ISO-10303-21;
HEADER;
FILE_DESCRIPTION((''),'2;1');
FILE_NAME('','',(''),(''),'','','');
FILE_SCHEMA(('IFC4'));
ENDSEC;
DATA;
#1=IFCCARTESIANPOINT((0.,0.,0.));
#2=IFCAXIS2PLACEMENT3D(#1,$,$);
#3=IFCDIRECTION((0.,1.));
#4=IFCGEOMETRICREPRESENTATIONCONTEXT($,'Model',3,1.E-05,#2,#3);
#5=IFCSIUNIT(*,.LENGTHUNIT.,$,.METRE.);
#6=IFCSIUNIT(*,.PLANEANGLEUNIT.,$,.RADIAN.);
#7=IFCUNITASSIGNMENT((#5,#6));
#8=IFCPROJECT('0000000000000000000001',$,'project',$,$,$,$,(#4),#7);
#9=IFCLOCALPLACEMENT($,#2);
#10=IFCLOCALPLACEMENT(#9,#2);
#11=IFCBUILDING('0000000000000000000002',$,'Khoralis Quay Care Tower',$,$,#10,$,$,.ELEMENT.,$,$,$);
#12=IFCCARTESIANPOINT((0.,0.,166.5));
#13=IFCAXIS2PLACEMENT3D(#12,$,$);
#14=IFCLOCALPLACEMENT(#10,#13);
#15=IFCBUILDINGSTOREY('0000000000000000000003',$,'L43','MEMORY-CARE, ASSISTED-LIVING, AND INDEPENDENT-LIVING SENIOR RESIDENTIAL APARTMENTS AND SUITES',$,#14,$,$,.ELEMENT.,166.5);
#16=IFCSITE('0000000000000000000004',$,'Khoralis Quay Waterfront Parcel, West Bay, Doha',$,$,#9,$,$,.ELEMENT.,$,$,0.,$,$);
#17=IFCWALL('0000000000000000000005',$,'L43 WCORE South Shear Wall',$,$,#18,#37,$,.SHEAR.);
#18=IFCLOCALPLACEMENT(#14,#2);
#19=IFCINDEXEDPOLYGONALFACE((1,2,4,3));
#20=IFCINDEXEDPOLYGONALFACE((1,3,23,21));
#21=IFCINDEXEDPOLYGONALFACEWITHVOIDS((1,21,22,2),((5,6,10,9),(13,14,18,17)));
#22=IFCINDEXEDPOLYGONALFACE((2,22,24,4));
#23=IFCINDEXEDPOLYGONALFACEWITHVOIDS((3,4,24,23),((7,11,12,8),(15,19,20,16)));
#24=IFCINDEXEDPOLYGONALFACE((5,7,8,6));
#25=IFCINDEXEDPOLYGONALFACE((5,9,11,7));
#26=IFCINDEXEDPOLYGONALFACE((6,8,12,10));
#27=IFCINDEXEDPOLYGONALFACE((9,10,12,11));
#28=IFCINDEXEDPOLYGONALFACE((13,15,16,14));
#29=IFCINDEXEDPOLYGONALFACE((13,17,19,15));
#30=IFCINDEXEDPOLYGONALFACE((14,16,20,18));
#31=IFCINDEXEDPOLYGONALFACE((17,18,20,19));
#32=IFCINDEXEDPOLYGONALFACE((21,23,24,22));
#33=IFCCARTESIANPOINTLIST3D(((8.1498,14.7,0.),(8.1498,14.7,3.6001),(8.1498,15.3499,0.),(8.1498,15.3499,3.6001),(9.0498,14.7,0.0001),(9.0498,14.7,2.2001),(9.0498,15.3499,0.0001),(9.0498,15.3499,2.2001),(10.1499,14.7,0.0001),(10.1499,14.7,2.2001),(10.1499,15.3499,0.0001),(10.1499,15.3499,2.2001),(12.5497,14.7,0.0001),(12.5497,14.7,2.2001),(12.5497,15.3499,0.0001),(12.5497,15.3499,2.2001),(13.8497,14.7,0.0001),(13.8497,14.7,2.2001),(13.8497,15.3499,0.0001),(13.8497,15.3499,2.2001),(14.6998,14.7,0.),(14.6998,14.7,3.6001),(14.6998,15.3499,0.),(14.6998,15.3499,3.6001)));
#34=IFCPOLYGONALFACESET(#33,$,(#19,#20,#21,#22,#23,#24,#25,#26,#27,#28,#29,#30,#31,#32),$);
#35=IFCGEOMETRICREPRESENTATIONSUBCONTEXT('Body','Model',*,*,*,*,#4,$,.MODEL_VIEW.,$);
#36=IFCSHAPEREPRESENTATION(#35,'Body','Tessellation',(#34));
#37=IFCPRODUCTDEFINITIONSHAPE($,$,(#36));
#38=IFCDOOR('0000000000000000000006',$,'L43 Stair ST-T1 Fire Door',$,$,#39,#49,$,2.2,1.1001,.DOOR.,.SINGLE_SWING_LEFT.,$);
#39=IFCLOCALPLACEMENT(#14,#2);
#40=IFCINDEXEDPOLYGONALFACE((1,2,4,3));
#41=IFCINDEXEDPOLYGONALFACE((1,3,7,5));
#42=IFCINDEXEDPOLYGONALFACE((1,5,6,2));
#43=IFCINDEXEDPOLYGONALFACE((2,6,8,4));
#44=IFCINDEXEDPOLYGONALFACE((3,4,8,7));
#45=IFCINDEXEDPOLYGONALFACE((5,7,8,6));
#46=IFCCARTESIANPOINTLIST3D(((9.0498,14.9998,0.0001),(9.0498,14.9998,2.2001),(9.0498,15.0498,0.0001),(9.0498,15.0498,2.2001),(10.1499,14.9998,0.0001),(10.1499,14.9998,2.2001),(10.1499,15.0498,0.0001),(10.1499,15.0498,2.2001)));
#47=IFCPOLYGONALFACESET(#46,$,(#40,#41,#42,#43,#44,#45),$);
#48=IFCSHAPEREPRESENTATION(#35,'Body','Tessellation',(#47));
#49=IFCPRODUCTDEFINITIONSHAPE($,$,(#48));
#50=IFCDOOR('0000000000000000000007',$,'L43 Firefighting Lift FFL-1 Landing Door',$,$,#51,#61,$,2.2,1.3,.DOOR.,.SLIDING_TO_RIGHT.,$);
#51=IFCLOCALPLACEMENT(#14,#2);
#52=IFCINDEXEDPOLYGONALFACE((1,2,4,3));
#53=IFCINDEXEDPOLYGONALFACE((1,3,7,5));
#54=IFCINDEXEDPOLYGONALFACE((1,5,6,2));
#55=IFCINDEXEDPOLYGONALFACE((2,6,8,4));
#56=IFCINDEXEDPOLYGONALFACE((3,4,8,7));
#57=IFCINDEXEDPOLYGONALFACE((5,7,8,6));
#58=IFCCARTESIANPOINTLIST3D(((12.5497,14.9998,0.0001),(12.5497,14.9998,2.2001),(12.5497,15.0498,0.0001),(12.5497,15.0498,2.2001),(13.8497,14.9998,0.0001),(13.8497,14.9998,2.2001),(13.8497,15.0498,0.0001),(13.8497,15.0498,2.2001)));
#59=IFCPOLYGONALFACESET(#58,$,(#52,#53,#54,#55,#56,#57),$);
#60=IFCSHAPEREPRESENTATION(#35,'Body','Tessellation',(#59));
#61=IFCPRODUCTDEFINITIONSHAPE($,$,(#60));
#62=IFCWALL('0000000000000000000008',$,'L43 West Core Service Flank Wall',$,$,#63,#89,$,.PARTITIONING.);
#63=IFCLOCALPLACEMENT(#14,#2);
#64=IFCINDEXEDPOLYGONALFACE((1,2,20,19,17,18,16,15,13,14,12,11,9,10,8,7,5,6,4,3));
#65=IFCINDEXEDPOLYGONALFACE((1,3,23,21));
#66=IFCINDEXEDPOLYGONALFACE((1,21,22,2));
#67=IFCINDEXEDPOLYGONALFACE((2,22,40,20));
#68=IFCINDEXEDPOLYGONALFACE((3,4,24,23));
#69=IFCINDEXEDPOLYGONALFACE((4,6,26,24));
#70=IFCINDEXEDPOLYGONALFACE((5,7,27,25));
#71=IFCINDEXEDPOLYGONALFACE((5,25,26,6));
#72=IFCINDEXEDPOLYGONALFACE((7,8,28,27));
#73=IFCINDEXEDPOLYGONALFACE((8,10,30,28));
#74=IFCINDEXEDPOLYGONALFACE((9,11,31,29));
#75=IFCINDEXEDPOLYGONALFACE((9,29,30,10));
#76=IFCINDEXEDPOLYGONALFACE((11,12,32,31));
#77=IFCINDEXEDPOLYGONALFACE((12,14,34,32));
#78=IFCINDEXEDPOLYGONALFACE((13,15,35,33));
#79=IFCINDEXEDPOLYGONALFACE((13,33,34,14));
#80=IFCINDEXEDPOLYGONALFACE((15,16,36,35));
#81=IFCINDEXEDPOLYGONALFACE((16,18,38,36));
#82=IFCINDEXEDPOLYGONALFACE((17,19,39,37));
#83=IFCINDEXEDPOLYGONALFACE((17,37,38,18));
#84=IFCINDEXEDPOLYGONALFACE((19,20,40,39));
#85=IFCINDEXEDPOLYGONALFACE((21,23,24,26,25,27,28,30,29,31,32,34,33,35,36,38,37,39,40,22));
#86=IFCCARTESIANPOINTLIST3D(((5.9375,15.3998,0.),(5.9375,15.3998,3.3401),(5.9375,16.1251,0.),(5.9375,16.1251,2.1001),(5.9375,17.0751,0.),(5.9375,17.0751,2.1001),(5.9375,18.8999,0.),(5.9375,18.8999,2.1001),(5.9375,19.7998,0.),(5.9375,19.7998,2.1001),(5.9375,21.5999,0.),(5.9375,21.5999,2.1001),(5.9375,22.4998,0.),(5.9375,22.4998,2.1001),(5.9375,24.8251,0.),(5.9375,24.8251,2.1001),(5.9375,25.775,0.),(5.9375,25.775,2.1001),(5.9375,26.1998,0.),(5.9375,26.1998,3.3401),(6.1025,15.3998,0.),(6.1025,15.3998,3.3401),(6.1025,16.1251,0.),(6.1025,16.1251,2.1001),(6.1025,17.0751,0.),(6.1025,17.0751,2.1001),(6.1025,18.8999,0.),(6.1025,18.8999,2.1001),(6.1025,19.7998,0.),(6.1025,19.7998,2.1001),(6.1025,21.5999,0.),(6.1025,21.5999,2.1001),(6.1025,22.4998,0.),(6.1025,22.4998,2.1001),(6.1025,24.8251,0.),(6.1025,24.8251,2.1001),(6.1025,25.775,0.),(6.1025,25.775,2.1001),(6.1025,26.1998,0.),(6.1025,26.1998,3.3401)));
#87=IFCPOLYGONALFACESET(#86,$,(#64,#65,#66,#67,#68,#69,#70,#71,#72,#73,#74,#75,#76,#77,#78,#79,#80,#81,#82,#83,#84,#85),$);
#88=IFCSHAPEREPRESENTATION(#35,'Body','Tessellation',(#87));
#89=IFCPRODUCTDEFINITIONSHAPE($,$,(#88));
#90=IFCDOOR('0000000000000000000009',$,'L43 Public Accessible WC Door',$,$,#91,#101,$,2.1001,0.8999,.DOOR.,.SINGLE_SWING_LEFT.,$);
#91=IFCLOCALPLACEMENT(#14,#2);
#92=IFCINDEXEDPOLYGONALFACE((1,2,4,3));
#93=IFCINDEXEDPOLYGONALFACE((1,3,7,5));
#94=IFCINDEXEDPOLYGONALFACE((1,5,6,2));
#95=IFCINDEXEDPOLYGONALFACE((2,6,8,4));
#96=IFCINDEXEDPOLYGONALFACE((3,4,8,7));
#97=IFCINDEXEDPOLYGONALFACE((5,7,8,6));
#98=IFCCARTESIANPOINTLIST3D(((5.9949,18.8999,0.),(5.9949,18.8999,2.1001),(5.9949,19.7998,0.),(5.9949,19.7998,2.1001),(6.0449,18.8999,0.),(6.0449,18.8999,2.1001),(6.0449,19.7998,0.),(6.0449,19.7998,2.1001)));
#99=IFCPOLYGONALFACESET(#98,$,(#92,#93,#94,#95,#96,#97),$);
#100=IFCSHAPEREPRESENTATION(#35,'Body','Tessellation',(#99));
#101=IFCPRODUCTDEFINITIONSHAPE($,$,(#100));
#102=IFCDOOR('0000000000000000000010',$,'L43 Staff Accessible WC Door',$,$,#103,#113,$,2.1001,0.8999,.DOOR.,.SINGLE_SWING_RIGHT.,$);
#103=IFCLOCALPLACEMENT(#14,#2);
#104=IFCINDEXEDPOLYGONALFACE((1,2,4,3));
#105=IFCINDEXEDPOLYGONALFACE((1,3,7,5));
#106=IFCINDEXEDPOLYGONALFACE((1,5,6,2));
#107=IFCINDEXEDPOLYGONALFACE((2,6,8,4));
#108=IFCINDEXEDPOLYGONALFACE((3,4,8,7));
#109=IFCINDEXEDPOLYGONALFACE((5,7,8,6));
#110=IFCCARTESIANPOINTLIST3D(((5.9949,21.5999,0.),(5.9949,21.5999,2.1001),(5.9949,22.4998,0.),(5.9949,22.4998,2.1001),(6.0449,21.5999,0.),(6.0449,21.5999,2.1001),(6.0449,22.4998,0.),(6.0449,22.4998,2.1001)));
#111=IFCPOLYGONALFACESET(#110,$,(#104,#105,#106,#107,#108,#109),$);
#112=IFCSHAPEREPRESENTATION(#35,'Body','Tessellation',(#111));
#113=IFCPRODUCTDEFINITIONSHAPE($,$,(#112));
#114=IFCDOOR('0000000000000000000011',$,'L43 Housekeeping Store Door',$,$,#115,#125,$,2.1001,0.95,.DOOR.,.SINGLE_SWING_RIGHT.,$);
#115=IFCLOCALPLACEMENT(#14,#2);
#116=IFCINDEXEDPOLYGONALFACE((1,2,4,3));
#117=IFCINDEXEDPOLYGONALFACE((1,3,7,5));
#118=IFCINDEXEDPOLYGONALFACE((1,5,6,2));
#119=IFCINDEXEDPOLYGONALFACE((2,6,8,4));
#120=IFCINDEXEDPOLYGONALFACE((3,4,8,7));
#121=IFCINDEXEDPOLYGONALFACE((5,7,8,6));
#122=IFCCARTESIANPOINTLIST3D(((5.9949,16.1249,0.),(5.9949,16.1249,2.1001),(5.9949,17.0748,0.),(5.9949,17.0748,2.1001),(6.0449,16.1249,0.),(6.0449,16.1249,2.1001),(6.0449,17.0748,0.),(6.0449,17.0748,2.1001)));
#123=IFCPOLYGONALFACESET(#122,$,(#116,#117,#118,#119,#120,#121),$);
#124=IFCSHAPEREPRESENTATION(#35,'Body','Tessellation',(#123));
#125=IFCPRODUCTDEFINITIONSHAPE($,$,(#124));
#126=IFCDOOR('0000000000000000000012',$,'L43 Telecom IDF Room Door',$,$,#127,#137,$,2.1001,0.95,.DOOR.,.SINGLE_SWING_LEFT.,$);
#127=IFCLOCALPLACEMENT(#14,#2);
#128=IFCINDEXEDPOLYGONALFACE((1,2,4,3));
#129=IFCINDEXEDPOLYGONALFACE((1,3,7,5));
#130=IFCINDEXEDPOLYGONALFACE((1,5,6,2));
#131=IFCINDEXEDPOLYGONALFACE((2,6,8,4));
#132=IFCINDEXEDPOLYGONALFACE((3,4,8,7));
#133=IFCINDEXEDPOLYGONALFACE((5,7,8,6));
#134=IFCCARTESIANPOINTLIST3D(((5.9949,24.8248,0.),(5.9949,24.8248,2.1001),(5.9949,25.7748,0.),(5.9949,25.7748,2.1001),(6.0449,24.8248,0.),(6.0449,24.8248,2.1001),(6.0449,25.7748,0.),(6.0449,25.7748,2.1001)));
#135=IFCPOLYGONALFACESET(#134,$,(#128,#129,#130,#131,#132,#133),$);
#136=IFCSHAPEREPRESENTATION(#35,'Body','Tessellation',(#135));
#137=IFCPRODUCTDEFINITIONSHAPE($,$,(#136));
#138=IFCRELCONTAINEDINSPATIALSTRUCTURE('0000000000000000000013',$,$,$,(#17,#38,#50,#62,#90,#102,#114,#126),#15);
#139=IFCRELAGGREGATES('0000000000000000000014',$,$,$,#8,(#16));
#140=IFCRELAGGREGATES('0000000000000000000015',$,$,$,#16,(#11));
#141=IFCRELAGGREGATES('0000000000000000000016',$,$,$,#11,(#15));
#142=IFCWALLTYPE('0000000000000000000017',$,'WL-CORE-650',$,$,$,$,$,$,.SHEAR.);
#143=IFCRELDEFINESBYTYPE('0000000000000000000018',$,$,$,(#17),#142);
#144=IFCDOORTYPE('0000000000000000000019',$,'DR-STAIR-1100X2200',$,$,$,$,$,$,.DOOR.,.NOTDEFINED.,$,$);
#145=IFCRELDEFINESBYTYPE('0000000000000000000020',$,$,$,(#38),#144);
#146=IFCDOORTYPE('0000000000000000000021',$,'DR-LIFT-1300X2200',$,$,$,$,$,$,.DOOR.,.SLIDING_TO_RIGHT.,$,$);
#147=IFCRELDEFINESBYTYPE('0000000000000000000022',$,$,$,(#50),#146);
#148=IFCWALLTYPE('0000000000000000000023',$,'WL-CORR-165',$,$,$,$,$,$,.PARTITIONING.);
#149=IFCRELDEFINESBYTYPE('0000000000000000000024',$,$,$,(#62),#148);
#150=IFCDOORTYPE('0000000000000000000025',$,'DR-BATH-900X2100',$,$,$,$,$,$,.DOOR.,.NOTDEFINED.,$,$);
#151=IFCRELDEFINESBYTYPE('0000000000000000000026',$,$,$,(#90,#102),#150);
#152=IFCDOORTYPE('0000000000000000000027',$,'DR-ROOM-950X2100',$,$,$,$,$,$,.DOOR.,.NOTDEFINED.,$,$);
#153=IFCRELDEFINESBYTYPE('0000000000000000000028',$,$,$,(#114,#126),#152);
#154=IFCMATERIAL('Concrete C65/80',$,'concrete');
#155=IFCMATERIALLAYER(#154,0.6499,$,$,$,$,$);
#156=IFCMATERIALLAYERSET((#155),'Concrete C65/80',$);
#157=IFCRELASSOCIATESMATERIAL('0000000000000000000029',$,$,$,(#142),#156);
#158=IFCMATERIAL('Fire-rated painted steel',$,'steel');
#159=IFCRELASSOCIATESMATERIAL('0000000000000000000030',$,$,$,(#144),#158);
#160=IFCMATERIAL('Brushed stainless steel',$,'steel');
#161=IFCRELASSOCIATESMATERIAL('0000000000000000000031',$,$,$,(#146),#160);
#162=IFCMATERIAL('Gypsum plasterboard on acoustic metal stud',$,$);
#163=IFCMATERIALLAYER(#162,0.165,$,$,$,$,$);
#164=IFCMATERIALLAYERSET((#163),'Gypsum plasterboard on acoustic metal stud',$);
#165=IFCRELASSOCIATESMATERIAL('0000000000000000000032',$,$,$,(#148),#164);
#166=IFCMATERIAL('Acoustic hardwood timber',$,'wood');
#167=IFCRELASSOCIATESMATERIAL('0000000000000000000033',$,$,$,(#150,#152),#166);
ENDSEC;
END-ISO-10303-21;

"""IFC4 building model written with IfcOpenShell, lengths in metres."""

from ifc_helpers import new_model, si_unit, direction, frame, frame_2d, origin, place, context, subcontext, project, spatial, rectangle, extrude, source, transform, mapped, material, layer, layer_set, type_object, element, fill, save


model = new_model("IFC4")

# Units and contexts
model_context = context("Model", 3, precision=1e-05, world=origin(), true_north=direction((0.0, 1.0)))
body_context = subcontext(model_context, "Body", "Model", "MODEL_VIEW")
ifc_project = project(units=[si_unit("LENGTHUNIT", "METRE"), si_unit("PLANEANGLEUNIT", "RADIAN")], contexts=[model_context])

# Site, building, storey
site_placement = place(None, origin())
site = spatial("IfcSite", under=ifc_project, at=site_placement, Name="Khoralis Quay Waterfront Parcel, West Bay, Doha", CompositionType="ELEMENT", RefElevation=0.0)
building_placement = place(site_placement, origin())
building = spatial("IfcBuilding", under=site, at=building_placement, Name="Khoralis Quay Care Tower", CompositionType="ELEMENT")
storey_placement = place(building_placement, frame((0.0, 0.0, 166.5)))
storey = spatial("IfcBuildingStorey", under=building, at=storey_placement, Name="L43", Description="MEMORY-CARE, ASSISTED-LIVING, AND INDEPENDENT-LIVING SENIOR RESIDENTIAL APARTMENTS AND SUITES", CompositionType="ELEMENT", Elevation=166.5)

# Shared definitions
ifc_material_1 = material(Name="Concrete C65/80", Category="concrete")

# Shared definitions
ifc_layer_1 = layer(ifc_material_1, 0.6499)
ifc_layer_set_1 = layer_set([ifc_layer_1], Name="Concrete C65/80")
wall_type_1 = type_object("IfcWallType", Name="WL-CORE-650", PredefinedType="SHEAR", material=ifc_layer_set_1)

# Walls, openings, doors
wall_1_placement = place(storey_placement, frame((8.1499, 15.0249, 0.0), z_axis=(0.0, 0.0, 1.0), x_axis=(1.0, 0.0, 0.0)))
wall_1 = element("IfcWall", 1, at=wall_1_placement, inside=storey, type_object=wall_type_1, Name="L43 WCORE South Shear Wall", PredefinedType="SHEAR", context=body_context, shape_type="SweptSolid", body=[
    extrude(rectangle(XDim=6.55, YDim=0.6499, at=frame_2d((3.2749, 0.0))), origin(), (0.0, 0.0, 1.0), 3.6001),
])
opening_1_placement = place(wall_1_placement, frame((0.8999, 0.0, 0.0)))
opening_1 = element("IfcOpeningElement", 2, at=opening_1_placement, cuts=wall_1, PredefinedType="OPENING", context=body_context, shape_type="SweptSolid", body=[
    extrude(rectangle(XDim=1.1001, YDim=2.2, at=frame_2d((0.55, 1.1001))), frame((0.0, 0.335, 0.0), z_axis=(0.0, -1.0, 0.0), x_axis=(1.0, 0.0, 0.0)), (0.0, 0.0, 1.0), 0.6699),
])
opening_2_placement = place(wall_1_placement, frame((4.3999, 0.0, 0.0)))
opening_2 = element("IfcOpeningElement", 3, at=opening_2_placement, cuts=wall_1, PredefinedType="OPENING", context=body_context, shape_type="SweptSolid", body=[
    extrude(rectangle(XDim=1.3, YDim=2.2, at=frame_2d((0.6499, 1.1001))), frame((0.0, 0.335, 0.0), z_axis=(0.0, -1.0, 0.0), x_axis=(1.0, 0.0, 0.0)), (0.0, 0.0, 1.0), 0.6699),
])
ifc_material_2 = material(Name="Fire-rated painted steel", Category="steel")
door_type_1 = type_object("IfcDoorType", Name="DR-STAIR-1100X2200", OperationType="NOTDEFINED", PredefinedType="DOOR", material=ifc_material_2)
shared_shape_1 = source(origin(), body_context, "Body", "SweptSolid", [
    extrude(rectangle(XDim=1.1001, YDim=2.2, at=frame_2d((0.55, 1.1001))), frame((0.0, 0.0249, 0.0), z_axis=(0.0, -1.0, 0.0), x_axis=(1.0, 0.0, 0.0)), (0.0, 0.0, 1.0), 0.05),
])
door_1_placement = place(opening_1_placement, origin())
door_1 = element("IfcDoor", 4, at=door_1_placement, inside=storey, type_object=door_type_1, Name="L43 Stair ST-T1 Fire Door", OperationType="SINGLE_SWING_LEFT", OverallHeight=2.2, OverallWidth=1.1001, PredefinedType="DOOR", context=body_context, shape_type="MappedRepresentation", body=[
    mapped(shared_shape_1, transform((0.0, 0.0, 0.0), scale=1.0)),
])
fill(opening_1, door_1)
ifc_material_3 = material(Name="Brushed stainless steel", Category="steel")
door_type_2 = type_object("IfcDoorType", Name="DR-LIFT-1300X2200", OperationType="SLIDING_TO_RIGHT", PredefinedType="DOOR", material=ifc_material_3)
shared_shape_2 = source(origin(), body_context, "Body", "SweptSolid", [
    extrude(rectangle(XDim=1.3, YDim=2.2, at=frame_2d((0.6499, 1.1001))), frame((0.0, 0.0249, 0.0), z_axis=(0.0, -1.0, 0.0), x_axis=(1.0, 0.0, 0.0)), (0.0, 0.0, 1.0), 0.05),
])
door_2_placement = place(opening_2_placement, origin())
door_2 = element("IfcDoor", 5, at=door_2_placement, inside=storey, type_object=door_type_2, Name="L43 Firefighting Lift FFL-1 Landing Door", OperationType="SLIDING_TO_RIGHT", OverallHeight=2.2, OverallWidth=1.3, PredefinedType="DOOR", context=body_context, shape_type="MappedRepresentation", body=[
    mapped(shared_shape_2, transform((0.0, 0.0, 0.0), scale=1.0)),
])
fill(opening_2, door_2)
ifc_material_4 = material(Name="Gypsum plasterboard on acoustic metal stud")
ifc_layer_2 = layer(ifc_material_4, 0.165)
ifc_layer_set_2 = layer_set([ifc_layer_2], Name="Gypsum plasterboard on acoustic metal stud")
wall_type_2 = type_object("IfcWallType", Name="WL-CORR-165", PredefinedType="PARTITIONING", material=ifc_layer_set_2)
wall_2_placement = place(storey_placement, frame((6.02, 15.3999, 0.0), z_axis=(0.0, 0.0, 1.0), x_axis=(0.0, 1.0, 0.0)))
wall_2 = element("IfcWall", 6, at=wall_2_placement, inside=storey, type_object=wall_type_2, Name="L43 West Core Service Flank Wall", PredefinedType="PARTITIONING", context=body_context, shape_type="SweptSolid", body=[
    extrude(rectangle(XDim=10.8, YDim=0.165, at=frame_2d((5.3999, 0.0))), origin(), (0.0, 0.0, 1.0), 3.3401),
])
opening_3_placement = place(wall_2_placement, frame((0.7251, 0.0, 0.0)))
opening_3 = element("IfcOpeningElement", 7, at=opening_3_placement, cuts=wall_2, PredefinedType="OPENING", context=body_context, shape_type="SweptSolid", body=[
    extrude(rectangle(XDim=0.95, YDim=2.1001, at=frame_2d((0.4751, 1.05))), frame((0.0, 0.0925, 0.0), z_axis=(0.0, -1.0, 0.0), x_axis=(1.0, 0.0, 0.0)), (0.0, 0.0, 1.0), 0.1851),
])
opening_4_placement = place(wall_2_placement, frame((3.5, 0.0, 0.0)))
opening_4 = element("IfcOpeningElement", 8, at=opening_4_placement, cuts=wall_2, PredefinedType="OPENING", context=body_context, shape_type="SweptSolid", body=[
    extrude(rectangle(XDim=0.8999, YDim=2.1001, at=frame_2d((0.45, 1.05))), frame((0.0, 0.0925, 0.0), z_axis=(0.0, -1.0, 0.0), x_axis=(1.0, 0.0, 0.0)), (0.0, 0.0, 1.0), 0.1851),
])
opening_5_placement = place(wall_2_placement, frame((6.2, 0.0, 0.0)))
opening_5 = element("IfcOpeningElement", 9, at=opening_5_placement, cuts=wall_2, PredefinedType="OPENING", context=body_context, shape_type="SweptSolid", body=[
    extrude(rectangle(XDim=0.8999, YDim=2.1001, at=frame_2d((0.45, 1.05))), frame((0.0, 0.0925, 0.0), z_axis=(0.0, -1.0, 0.0), x_axis=(1.0, 0.0, 0.0)), (0.0, 0.0, 1.0), 0.1851),
])
opening_6_placement = place(wall_2_placement, frame((9.425, 0.0, 0.0)))
opening_6 = element("IfcOpeningElement", 10, at=opening_6_placement, cuts=wall_2, PredefinedType="OPENING", context=body_context, shape_type="SweptSolid", body=[
    extrude(rectangle(XDim=0.95, YDim=2.1001, at=frame_2d((0.4751, 1.05))), frame((0.0, 0.0925, 0.0), z_axis=(0.0, -1.0, 0.0), x_axis=(1.0, 0.0, 0.0)), (0.0, 0.0, 1.0), 0.1851),
])
ifc_material_5 = material(Name="Acoustic hardwood timber", Category="wood")
door_type_3 = type_object("IfcDoorType", Name="DR-BATH-900X2100", OperationType="NOTDEFINED", PredefinedType="DOOR", material=ifc_material_5)
shared_shape_3 = source(origin(), body_context, "Body", "SweptSolid", [
    extrude(rectangle(XDim=0.8999, YDim=2.1001, at=frame_2d((0.45, 1.05))), frame((0.0, 0.0249, 0.0), z_axis=(0.0, -1.0, 0.0), x_axis=(1.0, 0.0, 0.0)), (0.0, 0.0, 1.0), 0.05),
])
door_3_placement = place(opening_4_placement, frame((0.8999, 0.0, 0.0), z_axis=(0.0, 0.0, 1.0), x_axis=(-1.0, 0.0, 0.0)))
door_3 = element("IfcDoor", 11, at=door_3_placement, inside=storey, type_object=door_type_3, Name="L43 Public Accessible WC Door", OperationType="SINGLE_SWING_LEFT", OverallHeight=2.1001, OverallWidth=0.8999, PredefinedType="DOOR", context=body_context, shape_type="MappedRepresentation", body=[
    mapped(shared_shape_3, transform((0.0, 0.0, 0.0), scale=1.0)),
])
fill(opening_4, door_3)
door_4_placement = place(opening_5_placement, frame((0.8999, 0.0, 0.0), z_axis=(0.0, 0.0, 1.0), x_axis=(-1.0, 0.0, 0.0)))
door_4 = element("IfcDoor", 12, at=door_4_placement, inside=storey, type_object=door_type_3, Name="L43 Staff Accessible WC Door", OperationType="SINGLE_SWING_RIGHT", OverallHeight=2.1001, OverallWidth=0.8999, PredefinedType="DOOR", context=body_context, shape_type="MappedRepresentation", body=[
    mapped(shared_shape_3, transform((0.0, 0.0, 0.0), scale=1.0)),
])
fill(opening_5, door_4)
door_type_4 = type_object("IfcDoorType", Name="DR-ROOM-950X2100", OperationType="NOTDEFINED", PredefinedType="DOOR", material=ifc_material_5)
shared_shape_4 = source(origin(), body_context, "Body", "SweptSolid", [
    extrude(rectangle(XDim=0.95, YDim=2.1001, at=frame_2d((0.4751, 1.05))), frame((0.0, 0.0249, 0.0), z_axis=(0.0, -1.0, 0.0), x_axis=(1.0, 0.0, 0.0)), (0.0, 0.0, 1.0), 0.05),
])
door_5_placement = place(opening_3_placement, frame((0.95, 0.0, 0.0), z_axis=(0.0, 0.0, 1.0), x_axis=(-1.0, 0.0, 0.0)))
door_5 = element("IfcDoor", 13, at=door_5_placement, inside=storey, type_object=door_type_4, Name="L43 Housekeeping Store Door", OperationType="SINGLE_SWING_RIGHT", OverallHeight=2.1001, OverallWidth=0.95, PredefinedType="DOOR", context=body_context, shape_type="MappedRepresentation", body=[
    mapped(shared_shape_4, transform((0.0, 0.0, 0.0), scale=1.0)),
])
fill(opening_3, door_5)
door_6_placement = place(opening_6_placement, frame((0.95, 0.0, 0.0), z_axis=(0.0, 0.0, 1.0), x_axis=(-1.0, 0.0, 0.0)))
door_6 = element("IfcDoor", 14, at=door_6_placement, inside=storey, type_object=door_type_4, Name="L43 Telecom IDF Room Door", OperationType="SINGLE_SWING_LEFT", OverallHeight=2.1001, OverallWidth=0.95, PredefinedType="DOOR", context=body_context, shape_type="MappedRepresentation", body=[
    mapped(shared_shape_4, transform((0.0, 0.0, 0.0), scale=1.0)),
])
fill(opening_6, door_6)

save(model, "model.ifc")
